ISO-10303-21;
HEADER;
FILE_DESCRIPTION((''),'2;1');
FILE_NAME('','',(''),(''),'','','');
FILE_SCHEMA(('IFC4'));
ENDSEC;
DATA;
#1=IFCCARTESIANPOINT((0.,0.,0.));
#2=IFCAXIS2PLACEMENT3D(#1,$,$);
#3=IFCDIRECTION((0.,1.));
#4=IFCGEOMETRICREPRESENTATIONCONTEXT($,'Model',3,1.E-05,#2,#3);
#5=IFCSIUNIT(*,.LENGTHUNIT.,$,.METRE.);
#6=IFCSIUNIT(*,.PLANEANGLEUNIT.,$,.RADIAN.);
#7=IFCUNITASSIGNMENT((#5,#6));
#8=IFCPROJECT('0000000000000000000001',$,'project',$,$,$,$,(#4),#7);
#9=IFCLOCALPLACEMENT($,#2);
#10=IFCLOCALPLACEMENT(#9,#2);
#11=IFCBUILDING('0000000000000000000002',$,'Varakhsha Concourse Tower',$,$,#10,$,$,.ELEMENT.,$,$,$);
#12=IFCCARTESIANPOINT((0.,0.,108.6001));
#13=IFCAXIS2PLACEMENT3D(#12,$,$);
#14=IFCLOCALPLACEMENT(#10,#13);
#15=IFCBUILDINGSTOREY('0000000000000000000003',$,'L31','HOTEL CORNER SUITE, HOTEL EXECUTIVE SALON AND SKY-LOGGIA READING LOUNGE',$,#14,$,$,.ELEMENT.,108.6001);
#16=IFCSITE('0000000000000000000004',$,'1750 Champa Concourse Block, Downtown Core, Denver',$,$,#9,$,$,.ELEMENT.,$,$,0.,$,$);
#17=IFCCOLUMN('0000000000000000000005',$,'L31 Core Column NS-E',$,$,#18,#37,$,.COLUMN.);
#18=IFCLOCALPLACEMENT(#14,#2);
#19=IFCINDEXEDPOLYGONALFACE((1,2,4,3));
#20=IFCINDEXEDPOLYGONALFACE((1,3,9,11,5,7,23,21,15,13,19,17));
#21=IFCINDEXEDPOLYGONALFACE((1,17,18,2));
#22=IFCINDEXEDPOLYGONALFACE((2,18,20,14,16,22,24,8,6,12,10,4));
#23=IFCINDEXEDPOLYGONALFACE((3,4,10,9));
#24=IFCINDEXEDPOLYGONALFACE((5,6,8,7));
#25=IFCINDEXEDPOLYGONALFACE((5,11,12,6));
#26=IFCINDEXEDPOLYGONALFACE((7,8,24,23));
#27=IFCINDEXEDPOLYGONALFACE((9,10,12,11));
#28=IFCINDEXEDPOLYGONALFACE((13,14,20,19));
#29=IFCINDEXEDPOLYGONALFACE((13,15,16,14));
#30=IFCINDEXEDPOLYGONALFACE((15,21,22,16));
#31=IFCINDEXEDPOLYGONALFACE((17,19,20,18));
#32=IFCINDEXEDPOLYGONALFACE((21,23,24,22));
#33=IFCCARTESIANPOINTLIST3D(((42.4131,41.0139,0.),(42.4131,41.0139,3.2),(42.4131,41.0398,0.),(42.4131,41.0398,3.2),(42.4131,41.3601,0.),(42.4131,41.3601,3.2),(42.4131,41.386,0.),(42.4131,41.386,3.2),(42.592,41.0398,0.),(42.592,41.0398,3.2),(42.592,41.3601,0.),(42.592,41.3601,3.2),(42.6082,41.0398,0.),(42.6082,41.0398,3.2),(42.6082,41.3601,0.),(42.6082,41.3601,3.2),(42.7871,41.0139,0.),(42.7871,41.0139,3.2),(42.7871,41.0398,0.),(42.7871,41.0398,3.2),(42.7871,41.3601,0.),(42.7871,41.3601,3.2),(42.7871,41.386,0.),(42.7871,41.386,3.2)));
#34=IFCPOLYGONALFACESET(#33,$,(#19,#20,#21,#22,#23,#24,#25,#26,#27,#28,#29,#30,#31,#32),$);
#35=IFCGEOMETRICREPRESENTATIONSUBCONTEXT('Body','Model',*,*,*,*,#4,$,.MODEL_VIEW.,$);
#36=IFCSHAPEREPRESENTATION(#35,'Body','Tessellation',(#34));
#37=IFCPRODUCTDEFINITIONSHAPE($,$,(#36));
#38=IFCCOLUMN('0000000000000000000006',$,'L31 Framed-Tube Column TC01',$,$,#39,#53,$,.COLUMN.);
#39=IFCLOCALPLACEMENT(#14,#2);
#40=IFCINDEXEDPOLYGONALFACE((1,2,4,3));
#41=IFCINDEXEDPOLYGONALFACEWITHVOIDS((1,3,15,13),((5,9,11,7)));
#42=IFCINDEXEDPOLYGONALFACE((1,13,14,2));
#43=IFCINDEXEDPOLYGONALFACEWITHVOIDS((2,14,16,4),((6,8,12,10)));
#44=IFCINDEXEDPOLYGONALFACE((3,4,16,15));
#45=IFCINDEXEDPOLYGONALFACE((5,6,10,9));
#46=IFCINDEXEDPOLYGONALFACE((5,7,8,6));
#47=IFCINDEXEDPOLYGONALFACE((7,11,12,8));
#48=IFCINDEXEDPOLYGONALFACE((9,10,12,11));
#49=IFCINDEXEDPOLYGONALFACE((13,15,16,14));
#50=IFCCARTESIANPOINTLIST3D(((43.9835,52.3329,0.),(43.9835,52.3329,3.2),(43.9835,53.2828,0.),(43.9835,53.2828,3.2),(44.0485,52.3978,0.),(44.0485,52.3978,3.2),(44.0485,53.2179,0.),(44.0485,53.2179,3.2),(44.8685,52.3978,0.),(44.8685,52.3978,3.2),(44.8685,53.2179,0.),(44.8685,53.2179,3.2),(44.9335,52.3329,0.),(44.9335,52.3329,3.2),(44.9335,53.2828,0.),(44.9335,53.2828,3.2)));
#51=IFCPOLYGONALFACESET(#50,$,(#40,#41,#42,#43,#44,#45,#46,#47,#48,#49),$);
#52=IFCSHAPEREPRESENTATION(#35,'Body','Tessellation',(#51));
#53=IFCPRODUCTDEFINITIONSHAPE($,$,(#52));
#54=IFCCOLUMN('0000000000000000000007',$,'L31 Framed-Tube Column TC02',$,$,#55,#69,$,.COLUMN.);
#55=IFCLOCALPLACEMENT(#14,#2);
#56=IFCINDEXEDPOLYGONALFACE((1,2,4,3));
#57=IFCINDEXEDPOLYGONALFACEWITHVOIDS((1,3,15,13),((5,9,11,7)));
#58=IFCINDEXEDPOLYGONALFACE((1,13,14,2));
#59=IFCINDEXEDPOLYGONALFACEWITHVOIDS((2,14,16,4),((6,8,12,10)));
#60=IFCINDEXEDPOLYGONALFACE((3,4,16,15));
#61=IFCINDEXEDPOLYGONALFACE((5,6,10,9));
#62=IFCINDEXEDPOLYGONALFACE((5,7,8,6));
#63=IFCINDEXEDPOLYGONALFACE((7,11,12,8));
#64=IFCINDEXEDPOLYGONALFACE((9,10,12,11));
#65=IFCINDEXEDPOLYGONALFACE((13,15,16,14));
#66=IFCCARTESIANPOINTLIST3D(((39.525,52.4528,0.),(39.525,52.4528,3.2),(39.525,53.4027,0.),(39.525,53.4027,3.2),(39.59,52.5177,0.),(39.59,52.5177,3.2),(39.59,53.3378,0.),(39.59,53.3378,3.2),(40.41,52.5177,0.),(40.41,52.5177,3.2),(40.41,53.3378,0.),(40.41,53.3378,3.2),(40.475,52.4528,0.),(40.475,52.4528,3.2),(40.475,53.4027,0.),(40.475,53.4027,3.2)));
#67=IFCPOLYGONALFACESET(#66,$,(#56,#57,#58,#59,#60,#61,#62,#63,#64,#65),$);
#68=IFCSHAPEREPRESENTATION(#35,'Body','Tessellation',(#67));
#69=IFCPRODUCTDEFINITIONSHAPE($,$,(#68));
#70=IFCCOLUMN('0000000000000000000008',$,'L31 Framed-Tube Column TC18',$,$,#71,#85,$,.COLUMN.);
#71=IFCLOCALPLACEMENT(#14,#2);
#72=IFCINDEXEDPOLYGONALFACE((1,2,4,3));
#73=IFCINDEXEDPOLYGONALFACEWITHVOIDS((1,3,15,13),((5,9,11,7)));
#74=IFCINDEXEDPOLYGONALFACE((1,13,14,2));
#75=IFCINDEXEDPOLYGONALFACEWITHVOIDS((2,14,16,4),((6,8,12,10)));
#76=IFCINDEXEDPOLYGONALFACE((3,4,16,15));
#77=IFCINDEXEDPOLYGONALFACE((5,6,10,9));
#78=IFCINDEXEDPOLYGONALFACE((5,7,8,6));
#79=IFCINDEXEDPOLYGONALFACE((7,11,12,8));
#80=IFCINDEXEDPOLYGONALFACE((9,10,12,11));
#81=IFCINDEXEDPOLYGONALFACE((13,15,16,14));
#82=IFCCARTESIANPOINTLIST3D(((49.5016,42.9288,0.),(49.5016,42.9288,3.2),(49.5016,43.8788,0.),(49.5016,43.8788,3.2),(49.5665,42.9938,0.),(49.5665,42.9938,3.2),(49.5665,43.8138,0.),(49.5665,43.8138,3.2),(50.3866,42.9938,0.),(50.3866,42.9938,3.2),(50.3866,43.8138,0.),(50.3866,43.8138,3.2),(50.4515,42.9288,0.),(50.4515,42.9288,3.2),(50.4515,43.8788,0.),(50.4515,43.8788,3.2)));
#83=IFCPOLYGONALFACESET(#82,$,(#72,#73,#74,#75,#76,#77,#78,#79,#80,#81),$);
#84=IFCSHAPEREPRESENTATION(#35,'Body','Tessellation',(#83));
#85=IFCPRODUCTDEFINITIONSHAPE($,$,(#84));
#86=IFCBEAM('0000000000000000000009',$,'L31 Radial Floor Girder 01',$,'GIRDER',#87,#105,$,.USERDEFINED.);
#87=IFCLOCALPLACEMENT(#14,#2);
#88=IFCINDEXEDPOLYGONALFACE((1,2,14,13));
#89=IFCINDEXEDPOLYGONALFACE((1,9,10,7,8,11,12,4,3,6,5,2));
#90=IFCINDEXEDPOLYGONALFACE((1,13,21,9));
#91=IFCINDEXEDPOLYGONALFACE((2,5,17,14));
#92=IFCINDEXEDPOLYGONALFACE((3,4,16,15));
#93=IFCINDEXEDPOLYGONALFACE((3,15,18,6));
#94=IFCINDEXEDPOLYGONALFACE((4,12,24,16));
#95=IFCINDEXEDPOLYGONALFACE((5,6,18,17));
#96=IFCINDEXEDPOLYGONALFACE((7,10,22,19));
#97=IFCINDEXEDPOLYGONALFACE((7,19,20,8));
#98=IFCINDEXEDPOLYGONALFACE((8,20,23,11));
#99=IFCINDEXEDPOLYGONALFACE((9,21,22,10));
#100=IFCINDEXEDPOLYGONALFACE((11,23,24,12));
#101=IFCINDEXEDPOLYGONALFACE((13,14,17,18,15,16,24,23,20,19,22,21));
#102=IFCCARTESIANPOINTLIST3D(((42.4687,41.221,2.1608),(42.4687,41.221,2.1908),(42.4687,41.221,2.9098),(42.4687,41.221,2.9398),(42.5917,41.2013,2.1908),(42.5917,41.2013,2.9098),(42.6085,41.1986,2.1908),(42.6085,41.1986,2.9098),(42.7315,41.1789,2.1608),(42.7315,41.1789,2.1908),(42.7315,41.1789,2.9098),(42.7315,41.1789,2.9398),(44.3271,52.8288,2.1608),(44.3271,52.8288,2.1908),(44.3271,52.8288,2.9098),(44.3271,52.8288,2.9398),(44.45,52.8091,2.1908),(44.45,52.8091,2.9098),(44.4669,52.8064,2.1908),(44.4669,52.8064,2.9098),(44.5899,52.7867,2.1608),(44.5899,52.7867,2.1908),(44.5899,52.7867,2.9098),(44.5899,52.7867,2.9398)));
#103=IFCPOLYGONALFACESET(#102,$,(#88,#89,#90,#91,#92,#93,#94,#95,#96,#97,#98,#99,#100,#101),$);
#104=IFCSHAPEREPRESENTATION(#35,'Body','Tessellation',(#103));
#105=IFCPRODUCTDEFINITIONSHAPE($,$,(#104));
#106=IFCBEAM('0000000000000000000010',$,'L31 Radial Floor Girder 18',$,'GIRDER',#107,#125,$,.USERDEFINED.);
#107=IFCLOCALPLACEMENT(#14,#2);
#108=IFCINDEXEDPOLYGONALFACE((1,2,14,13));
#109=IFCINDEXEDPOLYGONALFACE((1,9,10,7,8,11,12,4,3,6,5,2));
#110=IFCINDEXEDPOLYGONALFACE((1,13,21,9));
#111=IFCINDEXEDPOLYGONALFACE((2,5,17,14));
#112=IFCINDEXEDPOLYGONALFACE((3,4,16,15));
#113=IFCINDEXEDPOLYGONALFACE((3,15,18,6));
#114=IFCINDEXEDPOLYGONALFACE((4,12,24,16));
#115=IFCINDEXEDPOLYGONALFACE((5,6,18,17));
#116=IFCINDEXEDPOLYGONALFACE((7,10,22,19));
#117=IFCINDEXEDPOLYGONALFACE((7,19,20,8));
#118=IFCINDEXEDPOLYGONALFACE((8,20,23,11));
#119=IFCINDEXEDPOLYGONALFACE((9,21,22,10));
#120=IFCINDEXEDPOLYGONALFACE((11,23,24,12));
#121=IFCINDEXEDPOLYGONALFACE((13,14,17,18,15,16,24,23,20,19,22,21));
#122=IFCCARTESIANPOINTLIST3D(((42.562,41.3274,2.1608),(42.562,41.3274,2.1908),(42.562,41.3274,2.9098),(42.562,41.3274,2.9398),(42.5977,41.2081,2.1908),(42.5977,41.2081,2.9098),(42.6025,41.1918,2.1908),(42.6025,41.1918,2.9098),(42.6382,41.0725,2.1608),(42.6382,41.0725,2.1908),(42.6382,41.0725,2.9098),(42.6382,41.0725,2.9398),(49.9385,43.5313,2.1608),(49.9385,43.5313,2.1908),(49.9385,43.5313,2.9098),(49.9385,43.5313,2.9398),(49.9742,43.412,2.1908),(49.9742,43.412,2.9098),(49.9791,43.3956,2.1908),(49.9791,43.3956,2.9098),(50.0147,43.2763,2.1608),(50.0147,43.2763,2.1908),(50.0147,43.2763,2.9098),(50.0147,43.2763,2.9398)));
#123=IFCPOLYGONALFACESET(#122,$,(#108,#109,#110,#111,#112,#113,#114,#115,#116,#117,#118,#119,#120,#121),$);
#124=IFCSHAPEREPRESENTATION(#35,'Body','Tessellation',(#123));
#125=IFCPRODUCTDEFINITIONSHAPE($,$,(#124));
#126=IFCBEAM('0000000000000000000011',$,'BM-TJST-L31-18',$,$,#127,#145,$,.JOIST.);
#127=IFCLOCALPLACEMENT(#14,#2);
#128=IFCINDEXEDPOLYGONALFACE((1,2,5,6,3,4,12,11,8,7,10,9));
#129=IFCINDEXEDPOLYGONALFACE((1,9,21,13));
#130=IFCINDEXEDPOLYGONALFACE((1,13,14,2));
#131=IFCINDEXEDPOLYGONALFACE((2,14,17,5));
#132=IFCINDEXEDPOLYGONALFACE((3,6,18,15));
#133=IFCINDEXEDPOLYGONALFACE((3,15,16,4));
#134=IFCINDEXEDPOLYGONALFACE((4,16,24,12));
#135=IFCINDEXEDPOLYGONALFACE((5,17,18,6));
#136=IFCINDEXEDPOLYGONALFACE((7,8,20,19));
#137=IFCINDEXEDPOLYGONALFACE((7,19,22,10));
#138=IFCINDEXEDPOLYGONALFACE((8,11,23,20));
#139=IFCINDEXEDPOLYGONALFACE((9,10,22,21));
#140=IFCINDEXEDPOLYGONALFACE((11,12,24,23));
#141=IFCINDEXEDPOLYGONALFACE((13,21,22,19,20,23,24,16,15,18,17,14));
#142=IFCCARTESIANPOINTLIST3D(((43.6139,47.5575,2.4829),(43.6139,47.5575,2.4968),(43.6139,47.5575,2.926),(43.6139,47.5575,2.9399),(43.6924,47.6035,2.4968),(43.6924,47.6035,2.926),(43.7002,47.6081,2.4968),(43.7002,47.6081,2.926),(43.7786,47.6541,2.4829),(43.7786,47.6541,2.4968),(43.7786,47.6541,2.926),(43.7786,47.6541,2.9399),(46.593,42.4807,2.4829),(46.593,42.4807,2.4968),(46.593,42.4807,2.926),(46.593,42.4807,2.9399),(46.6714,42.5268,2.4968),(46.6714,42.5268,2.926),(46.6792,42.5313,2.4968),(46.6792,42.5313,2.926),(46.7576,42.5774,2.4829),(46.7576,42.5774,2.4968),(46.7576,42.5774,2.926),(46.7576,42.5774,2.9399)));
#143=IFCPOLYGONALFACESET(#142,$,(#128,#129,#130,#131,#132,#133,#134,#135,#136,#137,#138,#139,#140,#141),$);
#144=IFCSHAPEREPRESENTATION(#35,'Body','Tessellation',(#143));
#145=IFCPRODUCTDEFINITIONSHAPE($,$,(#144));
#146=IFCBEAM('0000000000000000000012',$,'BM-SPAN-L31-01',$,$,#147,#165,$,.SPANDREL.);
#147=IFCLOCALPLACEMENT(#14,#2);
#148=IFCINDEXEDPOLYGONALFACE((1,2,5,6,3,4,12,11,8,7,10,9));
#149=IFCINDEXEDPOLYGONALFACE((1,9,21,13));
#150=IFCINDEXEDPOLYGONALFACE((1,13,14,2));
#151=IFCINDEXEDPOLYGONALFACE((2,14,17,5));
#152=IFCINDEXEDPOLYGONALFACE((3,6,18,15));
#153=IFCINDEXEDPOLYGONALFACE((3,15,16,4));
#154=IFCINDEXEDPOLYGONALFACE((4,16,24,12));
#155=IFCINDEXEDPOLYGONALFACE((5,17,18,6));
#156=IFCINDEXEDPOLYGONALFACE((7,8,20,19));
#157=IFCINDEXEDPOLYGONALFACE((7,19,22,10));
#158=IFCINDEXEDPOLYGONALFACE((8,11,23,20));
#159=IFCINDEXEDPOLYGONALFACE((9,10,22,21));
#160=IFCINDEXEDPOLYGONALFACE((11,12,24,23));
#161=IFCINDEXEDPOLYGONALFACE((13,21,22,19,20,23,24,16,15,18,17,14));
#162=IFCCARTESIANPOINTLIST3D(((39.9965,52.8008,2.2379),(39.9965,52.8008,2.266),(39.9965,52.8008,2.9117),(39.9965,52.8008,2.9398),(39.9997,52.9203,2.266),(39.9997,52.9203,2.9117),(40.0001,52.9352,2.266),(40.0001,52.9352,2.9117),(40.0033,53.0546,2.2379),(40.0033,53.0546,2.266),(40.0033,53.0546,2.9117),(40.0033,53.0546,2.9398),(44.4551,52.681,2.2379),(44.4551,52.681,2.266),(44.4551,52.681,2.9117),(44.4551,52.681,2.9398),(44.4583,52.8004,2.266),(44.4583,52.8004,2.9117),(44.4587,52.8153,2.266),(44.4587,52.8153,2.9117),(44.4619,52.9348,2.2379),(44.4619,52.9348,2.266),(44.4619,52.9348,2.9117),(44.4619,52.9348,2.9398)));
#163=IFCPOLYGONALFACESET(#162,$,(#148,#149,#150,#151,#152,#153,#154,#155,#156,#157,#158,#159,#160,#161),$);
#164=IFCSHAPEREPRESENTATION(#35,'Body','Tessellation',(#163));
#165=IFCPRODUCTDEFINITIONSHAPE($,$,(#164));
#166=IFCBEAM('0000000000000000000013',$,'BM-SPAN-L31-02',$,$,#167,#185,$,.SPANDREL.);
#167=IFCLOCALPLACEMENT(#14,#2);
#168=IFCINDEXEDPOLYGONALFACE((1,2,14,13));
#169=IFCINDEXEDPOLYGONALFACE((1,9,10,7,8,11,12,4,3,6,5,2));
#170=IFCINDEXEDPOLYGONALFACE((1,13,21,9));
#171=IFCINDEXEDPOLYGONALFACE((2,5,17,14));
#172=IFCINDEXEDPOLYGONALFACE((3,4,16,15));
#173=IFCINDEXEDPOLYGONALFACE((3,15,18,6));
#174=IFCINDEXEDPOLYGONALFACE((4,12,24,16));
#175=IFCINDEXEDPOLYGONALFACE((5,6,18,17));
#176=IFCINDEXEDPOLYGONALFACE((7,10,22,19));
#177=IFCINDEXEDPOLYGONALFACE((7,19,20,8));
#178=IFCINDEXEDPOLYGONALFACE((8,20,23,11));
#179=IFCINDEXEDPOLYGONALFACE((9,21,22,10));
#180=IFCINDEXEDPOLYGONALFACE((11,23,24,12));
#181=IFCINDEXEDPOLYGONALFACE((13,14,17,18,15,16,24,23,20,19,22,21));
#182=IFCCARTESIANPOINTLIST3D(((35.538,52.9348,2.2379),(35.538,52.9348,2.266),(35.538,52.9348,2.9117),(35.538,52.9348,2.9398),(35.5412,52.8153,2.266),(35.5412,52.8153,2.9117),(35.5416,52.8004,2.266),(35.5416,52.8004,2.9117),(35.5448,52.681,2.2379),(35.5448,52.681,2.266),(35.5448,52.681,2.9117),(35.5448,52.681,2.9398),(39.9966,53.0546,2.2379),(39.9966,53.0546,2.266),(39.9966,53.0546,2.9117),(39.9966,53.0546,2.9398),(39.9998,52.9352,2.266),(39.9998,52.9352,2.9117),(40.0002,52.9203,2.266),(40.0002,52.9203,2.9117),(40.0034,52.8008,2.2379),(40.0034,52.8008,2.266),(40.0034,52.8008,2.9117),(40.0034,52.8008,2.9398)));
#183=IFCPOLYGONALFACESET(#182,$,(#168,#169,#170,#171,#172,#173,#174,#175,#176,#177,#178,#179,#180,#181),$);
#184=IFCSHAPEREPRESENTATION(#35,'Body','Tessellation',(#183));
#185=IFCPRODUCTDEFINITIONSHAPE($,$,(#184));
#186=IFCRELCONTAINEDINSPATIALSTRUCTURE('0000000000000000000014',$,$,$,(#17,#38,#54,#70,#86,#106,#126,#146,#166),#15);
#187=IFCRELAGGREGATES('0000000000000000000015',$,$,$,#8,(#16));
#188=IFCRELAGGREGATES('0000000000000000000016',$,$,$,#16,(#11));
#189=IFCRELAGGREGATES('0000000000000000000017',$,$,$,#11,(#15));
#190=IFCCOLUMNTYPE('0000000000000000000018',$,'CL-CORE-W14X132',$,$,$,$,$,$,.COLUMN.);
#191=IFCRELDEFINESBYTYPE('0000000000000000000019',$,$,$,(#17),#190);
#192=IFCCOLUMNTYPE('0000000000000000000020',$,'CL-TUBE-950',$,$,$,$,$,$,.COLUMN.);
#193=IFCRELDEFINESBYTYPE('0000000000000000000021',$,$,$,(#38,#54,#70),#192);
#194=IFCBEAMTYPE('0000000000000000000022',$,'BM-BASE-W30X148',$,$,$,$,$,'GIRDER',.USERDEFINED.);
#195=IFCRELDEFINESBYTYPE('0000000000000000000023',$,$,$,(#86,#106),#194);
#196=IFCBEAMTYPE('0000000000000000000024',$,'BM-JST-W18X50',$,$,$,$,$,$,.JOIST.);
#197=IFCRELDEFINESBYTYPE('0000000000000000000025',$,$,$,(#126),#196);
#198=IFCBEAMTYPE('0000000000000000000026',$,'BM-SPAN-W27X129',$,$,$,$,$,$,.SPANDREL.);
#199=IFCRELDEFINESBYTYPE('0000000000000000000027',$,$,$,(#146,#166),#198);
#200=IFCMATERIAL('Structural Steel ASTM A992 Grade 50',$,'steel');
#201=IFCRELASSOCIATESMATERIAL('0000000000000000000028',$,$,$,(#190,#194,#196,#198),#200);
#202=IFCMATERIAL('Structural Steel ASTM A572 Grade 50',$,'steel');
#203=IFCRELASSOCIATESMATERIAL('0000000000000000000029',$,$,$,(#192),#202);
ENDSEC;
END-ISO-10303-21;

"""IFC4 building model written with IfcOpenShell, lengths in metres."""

from ifc_helpers import new_model, si_unit, direction, frame, origin, origin_2d, place, context, subcontext, project, spatial, hollow_rectangle, i_section, extrude, material, material_profile, profile_set, type_object, element, save


model = new_model("IFC4")

# Units and contexts
model_context = context("Model", 3, precision=1e-05, world=origin(), true_north=direction((0.0, 1.0)))
body_context = subcontext(model_context, "Body", "Model", "MODEL_VIEW")
ifc_project = project(units=[si_unit("LENGTHUNIT", "METRE"), si_unit("PLANEANGLEUNIT", "RADIAN")], contexts=[model_context])

# Site, building, storey
site_placement = place(None, origin())
site = spatial("IfcSite", under=ifc_project, at=site_placement, Name="1750 Champa Concourse Block, Downtown Core, Denver", CompositionType="ELEMENT", RefElevation=0.0)
building_placement = place(site_placement, origin())
building = spatial("IfcBuilding", under=site, at=building_placement, Name="Varakhsha Concourse Tower", CompositionType="ELEMENT")
storey_placement = place(building_placement, frame((0.0, 0.0, 108.6001)))
storey = spatial("IfcBuildingStorey", under=building, at=storey_placement, Name="L31", Description="HOTEL CORNER SUITE, HOTEL EXECUTIVE SALON AND SKY-LOGGIA READING LOUNGE", CompositionType="ELEMENT", Elevation=108.6001)

# Columns
ifc_material_1 = material(Name="Structural Steel ASTM A992 Grade 50", Category="steel")
ifc_material_profile_1 = material_profile(ifc_material_1, i_section(OverallWidth=0.374, OverallDepth=0.3721, WebThickness=0.0161, FlangeThickness=0.0259, at=origin_2d()), Name="W14X132")
ifc_profile_set_1 = profile_set([ifc_material_profile_1], Name="Structural Steel ASTM A992 Grade 50")
column_type_1 = type_object("IfcColumnType", Name="CL-CORE-W14X132", PredefinedType="COLUMN", material=ifc_profile_set_1)
column_placement = place(storey_placement, frame((42.6001, 41.2, 0.0), z_axis=(0.0, 0.0, 1.0), x_axis=(1.0, 0.0, 0.0)))
element("IfcColumn", 1, at=column_placement, inside=storey, type_object=column_type_1, Name="L31 Core Column NS-E", PredefinedType="COLUMN", context=body_context, shape_type="SweptSolid", body=[
    extrude(i_section(OverallWidth=0.374, OverallDepth=0.3721, WebThickness=0.0161, FlangeThickness=0.0259, at=origin_2d()), origin(), (0.0, 0.0, 1.0), 3.2),
])
ifc_material_2 = material(Name="Structural Steel ASTM A572 Grade 50", Category="steel")
ifc_material_profile_2 = material_profile(ifc_material_2, hollow_rectangle(XDim=0.95, YDim=0.95, WallThickness=0.0649, at=origin_2d()), Name="BOX 950x950x65")
ifc_profile_set_2 = profile_set([ifc_material_profile_2], Name="Structural Steel ASTM A572 Grade 50")
column_type_2 = type_object("IfcColumnType", Name="CL-TUBE-950", PredefinedType="COLUMN", material=ifc_profile_set_2)
for number, where, z_axis, x_axis, name in (
    (2, (44.4585, 52.8079, 0.0), (0.0, 0.0, 1.0), (1.0, 0.0, 0.0), "L31 Framed-Tube Column TC01"),
    (3, (40.0, 52.9277, 0.0), (0.0, 0.0, 1.0), (1.0, 0.0, 0.0), "L31 Framed-Tube Column TC02"),
    (4, (49.9766, 43.4038, 0.0), (0.0, 0.0, 1.0), (1.0, 0.0, 0.0), "L31 Framed-Tube Column TC18"),
):
    element("IfcColumn", number, at=place(storey_placement, frame(where, z_axis=z_axis, x_axis=x_axis)), inside=storey, type_object=column_type_2, Name=name, PredefinedType="COLUMN", context=body_context, shape_type="SweptSolid", body=[
        extrude(hollow_rectangle(XDim=0.95, YDim=0.95, WallThickness=0.0649, at=origin_2d()), origin(), (0.0, 0.0, 1.0), 3.2),
    ])

# Beams
ifc_material_profile_3 = material_profile(ifc_material_1, i_section(OverallWidth=0.2661, OverallDepth=0.7791, WebThickness=0.0171, FlangeThickness=0.03, at=origin_2d()), Name="W30X148")
ifc_profile_set_3 = profile_set([ifc_material_profile_3], Name="Structural Steel ASTM A992 Grade 50")
beam_type_1 = type_object("IfcBeamType", Name="BM-BASE-W30X148", ElementType="GIRDER", PredefinedType="USERDEFINED", material=ifc_profile_set_3)
beam_1_placement = place(storey_placement, frame((42.6001, 41.2, 2.5503), z_axis=(0.158084, 0.987426, 0.0), x_axis=(-0.987426, 0.158084, 0.0)))
element("IfcBeam", 5, at=beam_1_placement, inside=storey, type_object=beam_type_1, Name="L31 Radial Floor Girder 01", ObjectType="GIRDER", PredefinedType="USERDEFINED", context=body_context, shape_type="SweptSolid", body=[
    extrude(i_section(OverallWidth=0.2661, OverallDepth=0.7791, WebThickness=0.0171, FlangeThickness=0.03, at=origin_2d()), origin(), (0.0, 0.0, 1.0), 11.7556),
])
beam_2_placement = place(storey_placement, frame((42.6001, 41.2, 2.5503), z_axis=(0.95815, 0.286265, 0.0), x_axis=(-0.286265, 0.95815, 0.0)))
element("IfcBeam", 6, at=beam_2_placement, inside=storey, type_object=beam_type_1, Name="L31 Radial Floor Girder 18", ObjectType="GIRDER", PredefinedType="USERDEFINED", context=body_context, shape_type="SweptSolid", body=[
    extrude(i_section(OverallWidth=0.2661, OverallDepth=0.7791, WebThickness=0.0171, FlangeThickness=0.03, at=origin_2d()), origin(), (0.0, 0.0, 1.0), 7.6987),
])
ifc_material_profile_4 = material_profile(ifc_material_1, i_section(OverallWidth=0.1909, OverallDepth=0.457, WebThickness=0.009, FlangeThickness=0.0139, at=origin_2d()), Name="W18X50")
ifc_profile_set_4 = profile_set([ifc_material_profile_4], Name="Structural Steel ASTM A992 Grade 50")
beam_type_2 = type_object("IfcBeamType", Name="BM-JST-W18X50", PredefinedType="JOIST", material=ifc_profile_set_4)
beam_3_placement = place(storey_placement, frame((46.6753, 42.5291, 2.7114), z_axis=(-0.506103, 0.862473, 0.0), x_axis=(-0.862473, -0.506103, 0.0)))
element("IfcBeam", 7, at=beam_3_placement, inside=storey, type_object=beam_type_2, Name="BM-TJST-L31-18", PredefinedType="JOIST", context=body_context, shape_type="SweptSolid", body=[
    extrude(i_section(OverallWidth=0.1909, OverallDepth=0.457, WebThickness=0.009, FlangeThickness=0.0139, at=origin_2d()), origin(), (0.0, 0.0, 1.0), 5.8862),
])
ifc_material_profile_5 = material_profile(ifc_material_1, i_section(OverallWidth=0.2539, OverallDepth=0.7019, WebThickness=0.0149, FlangeThickness=0.0281, at=origin_2d()), Name="W27X129")
ifc_profile_set_5 = profile_set([ifc_material_profile_5], Name="Structural Steel ASTM A992 Grade 50")
beam_type_3 = type_object("IfcBeamType", Name="BM-SPAN-W27X129", PredefinedType="SPANDREL", material=ifc_profile_set_5)
for number, where, z_axis, x_axis, name in (
    (8, (44.4585, 52.8079, 2.5889), (-0.999639, 0.026877, 0.0), (-0.026877, -0.999639, 0.0), "BM-SPAN-L31-01"),
    (9, (40.0, 52.9277, 2.5889), (-0.999639, -0.026877, 0.0), (0.026877, -0.999639, 0.0), "BM-SPAN-L31-02"),
):
    element("IfcBeam", number, at=place(storey_placement, frame(where, z_axis=z_axis, x_axis=x_axis)), inside=storey, type_object=beam_type_3, Name=name, PredefinedType="SPANDREL", context=body_context, shape_type="SweptSolid", body=[
        extrude(i_section(OverallWidth=0.2539, OverallDepth=0.7019, WebThickness=0.0149, FlangeThickness=0.0281, at=origin_2d()), origin(), (0.0, 0.0, 1.0), 4.4602),
    ])

save(model, "model.ifc")
